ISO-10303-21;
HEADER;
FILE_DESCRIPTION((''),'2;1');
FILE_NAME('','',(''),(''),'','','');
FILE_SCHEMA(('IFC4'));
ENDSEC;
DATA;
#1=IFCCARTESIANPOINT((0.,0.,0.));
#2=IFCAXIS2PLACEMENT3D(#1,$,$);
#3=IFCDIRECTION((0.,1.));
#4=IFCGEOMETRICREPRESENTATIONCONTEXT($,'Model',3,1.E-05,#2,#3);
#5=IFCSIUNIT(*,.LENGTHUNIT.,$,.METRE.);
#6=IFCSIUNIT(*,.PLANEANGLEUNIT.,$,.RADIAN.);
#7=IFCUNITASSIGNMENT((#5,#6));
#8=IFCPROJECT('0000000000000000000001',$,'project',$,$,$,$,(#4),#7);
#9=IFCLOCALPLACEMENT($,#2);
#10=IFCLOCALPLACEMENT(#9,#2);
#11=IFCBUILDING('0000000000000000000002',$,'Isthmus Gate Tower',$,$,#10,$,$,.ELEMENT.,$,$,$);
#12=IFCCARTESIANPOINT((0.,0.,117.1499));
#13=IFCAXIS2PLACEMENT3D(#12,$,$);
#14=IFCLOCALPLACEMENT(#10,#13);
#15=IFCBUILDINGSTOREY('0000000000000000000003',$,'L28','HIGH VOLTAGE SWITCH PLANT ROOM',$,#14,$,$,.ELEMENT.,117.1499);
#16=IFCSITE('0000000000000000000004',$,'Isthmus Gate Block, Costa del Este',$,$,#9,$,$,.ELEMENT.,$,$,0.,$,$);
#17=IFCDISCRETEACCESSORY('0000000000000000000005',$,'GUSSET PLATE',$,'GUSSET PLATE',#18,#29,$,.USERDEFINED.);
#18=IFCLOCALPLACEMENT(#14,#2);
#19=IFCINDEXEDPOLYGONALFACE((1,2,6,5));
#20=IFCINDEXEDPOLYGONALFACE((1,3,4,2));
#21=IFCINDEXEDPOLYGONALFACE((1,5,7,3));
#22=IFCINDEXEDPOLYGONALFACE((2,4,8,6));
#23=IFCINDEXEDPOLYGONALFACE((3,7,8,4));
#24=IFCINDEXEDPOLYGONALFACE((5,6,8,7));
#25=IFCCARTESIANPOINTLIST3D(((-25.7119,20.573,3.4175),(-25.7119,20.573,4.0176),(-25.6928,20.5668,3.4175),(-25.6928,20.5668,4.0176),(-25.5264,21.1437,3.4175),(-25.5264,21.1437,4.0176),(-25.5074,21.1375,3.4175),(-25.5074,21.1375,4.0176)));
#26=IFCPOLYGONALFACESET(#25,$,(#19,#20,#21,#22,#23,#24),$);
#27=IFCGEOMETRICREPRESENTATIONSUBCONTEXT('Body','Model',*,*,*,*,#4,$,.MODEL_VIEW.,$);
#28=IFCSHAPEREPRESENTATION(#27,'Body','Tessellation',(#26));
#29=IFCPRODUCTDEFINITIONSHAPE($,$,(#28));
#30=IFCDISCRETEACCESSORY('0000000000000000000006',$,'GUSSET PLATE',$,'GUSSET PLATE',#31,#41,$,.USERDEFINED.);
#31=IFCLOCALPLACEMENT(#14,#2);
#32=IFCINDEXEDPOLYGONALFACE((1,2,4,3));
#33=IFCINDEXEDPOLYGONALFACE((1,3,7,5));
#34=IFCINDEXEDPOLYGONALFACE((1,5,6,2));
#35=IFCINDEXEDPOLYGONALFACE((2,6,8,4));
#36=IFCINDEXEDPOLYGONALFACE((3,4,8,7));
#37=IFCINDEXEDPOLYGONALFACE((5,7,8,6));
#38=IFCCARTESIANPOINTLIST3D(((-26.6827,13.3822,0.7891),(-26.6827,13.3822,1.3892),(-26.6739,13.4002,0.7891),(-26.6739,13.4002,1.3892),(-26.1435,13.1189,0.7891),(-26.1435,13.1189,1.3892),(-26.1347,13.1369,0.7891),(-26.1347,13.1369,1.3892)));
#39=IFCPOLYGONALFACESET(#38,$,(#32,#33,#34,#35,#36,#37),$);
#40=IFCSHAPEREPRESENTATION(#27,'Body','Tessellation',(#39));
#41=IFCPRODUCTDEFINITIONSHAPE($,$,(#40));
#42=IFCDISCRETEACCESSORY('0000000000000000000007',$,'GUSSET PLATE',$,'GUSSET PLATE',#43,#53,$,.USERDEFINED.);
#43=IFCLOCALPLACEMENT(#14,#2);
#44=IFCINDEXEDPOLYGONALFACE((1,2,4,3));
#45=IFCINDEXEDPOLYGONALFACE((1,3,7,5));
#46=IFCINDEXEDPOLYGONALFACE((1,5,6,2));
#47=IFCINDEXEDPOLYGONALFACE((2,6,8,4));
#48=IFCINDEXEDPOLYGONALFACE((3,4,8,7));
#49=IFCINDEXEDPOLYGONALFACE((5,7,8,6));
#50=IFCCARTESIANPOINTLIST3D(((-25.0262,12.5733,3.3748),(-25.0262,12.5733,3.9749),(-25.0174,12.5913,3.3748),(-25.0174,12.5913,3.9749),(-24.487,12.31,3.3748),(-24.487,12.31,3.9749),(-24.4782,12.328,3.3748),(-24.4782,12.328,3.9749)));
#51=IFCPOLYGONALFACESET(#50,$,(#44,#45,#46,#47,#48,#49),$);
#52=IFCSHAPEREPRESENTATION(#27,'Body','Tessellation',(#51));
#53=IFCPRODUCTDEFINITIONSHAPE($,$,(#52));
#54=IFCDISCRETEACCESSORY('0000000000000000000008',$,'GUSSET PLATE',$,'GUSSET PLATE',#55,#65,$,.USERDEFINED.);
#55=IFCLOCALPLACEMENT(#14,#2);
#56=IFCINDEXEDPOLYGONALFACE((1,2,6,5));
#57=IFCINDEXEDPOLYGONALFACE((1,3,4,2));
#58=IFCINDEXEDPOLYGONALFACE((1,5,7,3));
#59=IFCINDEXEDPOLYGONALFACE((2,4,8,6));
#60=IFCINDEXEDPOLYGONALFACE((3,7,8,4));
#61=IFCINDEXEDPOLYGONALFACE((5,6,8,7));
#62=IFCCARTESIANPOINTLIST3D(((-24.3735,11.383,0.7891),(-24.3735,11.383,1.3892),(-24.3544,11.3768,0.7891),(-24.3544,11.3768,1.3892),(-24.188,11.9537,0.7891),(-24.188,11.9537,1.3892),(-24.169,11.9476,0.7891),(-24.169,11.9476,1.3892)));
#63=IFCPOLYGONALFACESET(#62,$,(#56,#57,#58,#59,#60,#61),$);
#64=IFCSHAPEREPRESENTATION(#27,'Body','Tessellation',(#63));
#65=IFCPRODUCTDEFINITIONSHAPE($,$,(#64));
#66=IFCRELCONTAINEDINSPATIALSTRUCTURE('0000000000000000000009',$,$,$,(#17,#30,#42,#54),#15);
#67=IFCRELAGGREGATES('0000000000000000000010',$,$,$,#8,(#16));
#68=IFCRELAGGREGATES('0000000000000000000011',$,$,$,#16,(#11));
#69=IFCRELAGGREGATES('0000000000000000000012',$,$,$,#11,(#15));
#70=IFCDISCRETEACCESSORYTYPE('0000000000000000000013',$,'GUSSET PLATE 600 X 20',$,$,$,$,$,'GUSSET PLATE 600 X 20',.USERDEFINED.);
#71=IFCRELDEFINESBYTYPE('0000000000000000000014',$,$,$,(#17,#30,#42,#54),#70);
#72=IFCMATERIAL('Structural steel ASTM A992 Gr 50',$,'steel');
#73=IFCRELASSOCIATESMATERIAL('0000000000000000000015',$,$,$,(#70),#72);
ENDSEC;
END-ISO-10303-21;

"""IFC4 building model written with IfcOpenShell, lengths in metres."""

from ifc_helpers import new_model, si_unit, direction, frame, origin, origin_2d, place, context, subcontext, project, spatial, rectangle, extrude, material, type_object, element, save


model = new_model("IFC4")

# Units and contexts
model_context = context("Model", 3, precision=1e-05, world=origin(), true_north=direction((0.0, 1.0)))
body_context = subcontext(model_context, "Body", "Model", "MODEL_VIEW")
ifc_project = project(units=[si_unit("LENGTHUNIT", "METRE"), si_unit("PLANEANGLEUNIT", "RADIAN")], contexts=[model_context])

# Site, building, storey
site_placement = place(None, origin())
site = spatial("IfcSite", under=ifc_project, at=site_placement, Name="Isthmus Gate Block, Costa del Este", CompositionType="ELEMENT", RefElevation=0.0)
building_placement = place(site_placement, origin())
building = spatial("IfcBuilding", under=site, at=building_placement, Name="Isthmus Gate Tower", CompositionType="ELEMENT")
storey_placement = place(building_placement, frame((0.0, 0.0, 117.1499)))
storey = spatial("IfcBuildingStorey", under=building, at=storey_placement, Name="L28", Description="HIGH VOLTAGE SWITCH PLANT ROOM", CompositionType="ELEMENT", Elevation=117.1499)

# Discrete accessories
ifc_material_1 = material(Name="Structural steel ASTM A992 Gr 50", Category="steel")
discrete_accessory_type_1 = type_object("IfcDiscreteAccessoryType", Name="GUSSET PLATE 600 X 20", ElementType="GUSSET PLATE 600 X 20", PredefinedType="USERDEFINED", material=ifc_material_1)
for number, where, z_axis, x_axis, name in (
    (1, (-25.6096, 20.8552, 3.4175), (0.0, 0.0, 1.0), (0.309017, 0.951057, 0.0), "GUSSET PLATE"),
    (2, (-26.4087, 13.2595, 0.7891), (0.0, 0.0, 1.0), (0.898608, -0.438753, 0.0), "GUSSET PLATE"),
    (3, (-24.7522, 12.4507, 3.3748), (0.0, 0.0, 1.0), (0.898608, -0.438753, 0.0), "GUSSET PLATE"),
    (4, (-24.2712, 11.6653, 0.7891), (0.0, 0.0, 1.0), (-0.309017, -0.951057, 0.0), "GUSSET PLATE"),
):
    element("IfcDiscreteAccessory", number, at=place(storey_placement, frame(where, z_axis=z_axis, x_axis=x_axis)), inside=storey, type_object=discrete_accessory_type_1, Name=name, ObjectType="GUSSET PLATE", PredefinedType="USERDEFINED", context=body_context, shape_type="SweptSolid", body=[
        extrude(rectangle(XDim=0.6001, YDim=0.02, at=origin_2d()), origin(), (0.0, 0.0, 1.0), 0.6001),
    ])

save(model, "model.ifc")
